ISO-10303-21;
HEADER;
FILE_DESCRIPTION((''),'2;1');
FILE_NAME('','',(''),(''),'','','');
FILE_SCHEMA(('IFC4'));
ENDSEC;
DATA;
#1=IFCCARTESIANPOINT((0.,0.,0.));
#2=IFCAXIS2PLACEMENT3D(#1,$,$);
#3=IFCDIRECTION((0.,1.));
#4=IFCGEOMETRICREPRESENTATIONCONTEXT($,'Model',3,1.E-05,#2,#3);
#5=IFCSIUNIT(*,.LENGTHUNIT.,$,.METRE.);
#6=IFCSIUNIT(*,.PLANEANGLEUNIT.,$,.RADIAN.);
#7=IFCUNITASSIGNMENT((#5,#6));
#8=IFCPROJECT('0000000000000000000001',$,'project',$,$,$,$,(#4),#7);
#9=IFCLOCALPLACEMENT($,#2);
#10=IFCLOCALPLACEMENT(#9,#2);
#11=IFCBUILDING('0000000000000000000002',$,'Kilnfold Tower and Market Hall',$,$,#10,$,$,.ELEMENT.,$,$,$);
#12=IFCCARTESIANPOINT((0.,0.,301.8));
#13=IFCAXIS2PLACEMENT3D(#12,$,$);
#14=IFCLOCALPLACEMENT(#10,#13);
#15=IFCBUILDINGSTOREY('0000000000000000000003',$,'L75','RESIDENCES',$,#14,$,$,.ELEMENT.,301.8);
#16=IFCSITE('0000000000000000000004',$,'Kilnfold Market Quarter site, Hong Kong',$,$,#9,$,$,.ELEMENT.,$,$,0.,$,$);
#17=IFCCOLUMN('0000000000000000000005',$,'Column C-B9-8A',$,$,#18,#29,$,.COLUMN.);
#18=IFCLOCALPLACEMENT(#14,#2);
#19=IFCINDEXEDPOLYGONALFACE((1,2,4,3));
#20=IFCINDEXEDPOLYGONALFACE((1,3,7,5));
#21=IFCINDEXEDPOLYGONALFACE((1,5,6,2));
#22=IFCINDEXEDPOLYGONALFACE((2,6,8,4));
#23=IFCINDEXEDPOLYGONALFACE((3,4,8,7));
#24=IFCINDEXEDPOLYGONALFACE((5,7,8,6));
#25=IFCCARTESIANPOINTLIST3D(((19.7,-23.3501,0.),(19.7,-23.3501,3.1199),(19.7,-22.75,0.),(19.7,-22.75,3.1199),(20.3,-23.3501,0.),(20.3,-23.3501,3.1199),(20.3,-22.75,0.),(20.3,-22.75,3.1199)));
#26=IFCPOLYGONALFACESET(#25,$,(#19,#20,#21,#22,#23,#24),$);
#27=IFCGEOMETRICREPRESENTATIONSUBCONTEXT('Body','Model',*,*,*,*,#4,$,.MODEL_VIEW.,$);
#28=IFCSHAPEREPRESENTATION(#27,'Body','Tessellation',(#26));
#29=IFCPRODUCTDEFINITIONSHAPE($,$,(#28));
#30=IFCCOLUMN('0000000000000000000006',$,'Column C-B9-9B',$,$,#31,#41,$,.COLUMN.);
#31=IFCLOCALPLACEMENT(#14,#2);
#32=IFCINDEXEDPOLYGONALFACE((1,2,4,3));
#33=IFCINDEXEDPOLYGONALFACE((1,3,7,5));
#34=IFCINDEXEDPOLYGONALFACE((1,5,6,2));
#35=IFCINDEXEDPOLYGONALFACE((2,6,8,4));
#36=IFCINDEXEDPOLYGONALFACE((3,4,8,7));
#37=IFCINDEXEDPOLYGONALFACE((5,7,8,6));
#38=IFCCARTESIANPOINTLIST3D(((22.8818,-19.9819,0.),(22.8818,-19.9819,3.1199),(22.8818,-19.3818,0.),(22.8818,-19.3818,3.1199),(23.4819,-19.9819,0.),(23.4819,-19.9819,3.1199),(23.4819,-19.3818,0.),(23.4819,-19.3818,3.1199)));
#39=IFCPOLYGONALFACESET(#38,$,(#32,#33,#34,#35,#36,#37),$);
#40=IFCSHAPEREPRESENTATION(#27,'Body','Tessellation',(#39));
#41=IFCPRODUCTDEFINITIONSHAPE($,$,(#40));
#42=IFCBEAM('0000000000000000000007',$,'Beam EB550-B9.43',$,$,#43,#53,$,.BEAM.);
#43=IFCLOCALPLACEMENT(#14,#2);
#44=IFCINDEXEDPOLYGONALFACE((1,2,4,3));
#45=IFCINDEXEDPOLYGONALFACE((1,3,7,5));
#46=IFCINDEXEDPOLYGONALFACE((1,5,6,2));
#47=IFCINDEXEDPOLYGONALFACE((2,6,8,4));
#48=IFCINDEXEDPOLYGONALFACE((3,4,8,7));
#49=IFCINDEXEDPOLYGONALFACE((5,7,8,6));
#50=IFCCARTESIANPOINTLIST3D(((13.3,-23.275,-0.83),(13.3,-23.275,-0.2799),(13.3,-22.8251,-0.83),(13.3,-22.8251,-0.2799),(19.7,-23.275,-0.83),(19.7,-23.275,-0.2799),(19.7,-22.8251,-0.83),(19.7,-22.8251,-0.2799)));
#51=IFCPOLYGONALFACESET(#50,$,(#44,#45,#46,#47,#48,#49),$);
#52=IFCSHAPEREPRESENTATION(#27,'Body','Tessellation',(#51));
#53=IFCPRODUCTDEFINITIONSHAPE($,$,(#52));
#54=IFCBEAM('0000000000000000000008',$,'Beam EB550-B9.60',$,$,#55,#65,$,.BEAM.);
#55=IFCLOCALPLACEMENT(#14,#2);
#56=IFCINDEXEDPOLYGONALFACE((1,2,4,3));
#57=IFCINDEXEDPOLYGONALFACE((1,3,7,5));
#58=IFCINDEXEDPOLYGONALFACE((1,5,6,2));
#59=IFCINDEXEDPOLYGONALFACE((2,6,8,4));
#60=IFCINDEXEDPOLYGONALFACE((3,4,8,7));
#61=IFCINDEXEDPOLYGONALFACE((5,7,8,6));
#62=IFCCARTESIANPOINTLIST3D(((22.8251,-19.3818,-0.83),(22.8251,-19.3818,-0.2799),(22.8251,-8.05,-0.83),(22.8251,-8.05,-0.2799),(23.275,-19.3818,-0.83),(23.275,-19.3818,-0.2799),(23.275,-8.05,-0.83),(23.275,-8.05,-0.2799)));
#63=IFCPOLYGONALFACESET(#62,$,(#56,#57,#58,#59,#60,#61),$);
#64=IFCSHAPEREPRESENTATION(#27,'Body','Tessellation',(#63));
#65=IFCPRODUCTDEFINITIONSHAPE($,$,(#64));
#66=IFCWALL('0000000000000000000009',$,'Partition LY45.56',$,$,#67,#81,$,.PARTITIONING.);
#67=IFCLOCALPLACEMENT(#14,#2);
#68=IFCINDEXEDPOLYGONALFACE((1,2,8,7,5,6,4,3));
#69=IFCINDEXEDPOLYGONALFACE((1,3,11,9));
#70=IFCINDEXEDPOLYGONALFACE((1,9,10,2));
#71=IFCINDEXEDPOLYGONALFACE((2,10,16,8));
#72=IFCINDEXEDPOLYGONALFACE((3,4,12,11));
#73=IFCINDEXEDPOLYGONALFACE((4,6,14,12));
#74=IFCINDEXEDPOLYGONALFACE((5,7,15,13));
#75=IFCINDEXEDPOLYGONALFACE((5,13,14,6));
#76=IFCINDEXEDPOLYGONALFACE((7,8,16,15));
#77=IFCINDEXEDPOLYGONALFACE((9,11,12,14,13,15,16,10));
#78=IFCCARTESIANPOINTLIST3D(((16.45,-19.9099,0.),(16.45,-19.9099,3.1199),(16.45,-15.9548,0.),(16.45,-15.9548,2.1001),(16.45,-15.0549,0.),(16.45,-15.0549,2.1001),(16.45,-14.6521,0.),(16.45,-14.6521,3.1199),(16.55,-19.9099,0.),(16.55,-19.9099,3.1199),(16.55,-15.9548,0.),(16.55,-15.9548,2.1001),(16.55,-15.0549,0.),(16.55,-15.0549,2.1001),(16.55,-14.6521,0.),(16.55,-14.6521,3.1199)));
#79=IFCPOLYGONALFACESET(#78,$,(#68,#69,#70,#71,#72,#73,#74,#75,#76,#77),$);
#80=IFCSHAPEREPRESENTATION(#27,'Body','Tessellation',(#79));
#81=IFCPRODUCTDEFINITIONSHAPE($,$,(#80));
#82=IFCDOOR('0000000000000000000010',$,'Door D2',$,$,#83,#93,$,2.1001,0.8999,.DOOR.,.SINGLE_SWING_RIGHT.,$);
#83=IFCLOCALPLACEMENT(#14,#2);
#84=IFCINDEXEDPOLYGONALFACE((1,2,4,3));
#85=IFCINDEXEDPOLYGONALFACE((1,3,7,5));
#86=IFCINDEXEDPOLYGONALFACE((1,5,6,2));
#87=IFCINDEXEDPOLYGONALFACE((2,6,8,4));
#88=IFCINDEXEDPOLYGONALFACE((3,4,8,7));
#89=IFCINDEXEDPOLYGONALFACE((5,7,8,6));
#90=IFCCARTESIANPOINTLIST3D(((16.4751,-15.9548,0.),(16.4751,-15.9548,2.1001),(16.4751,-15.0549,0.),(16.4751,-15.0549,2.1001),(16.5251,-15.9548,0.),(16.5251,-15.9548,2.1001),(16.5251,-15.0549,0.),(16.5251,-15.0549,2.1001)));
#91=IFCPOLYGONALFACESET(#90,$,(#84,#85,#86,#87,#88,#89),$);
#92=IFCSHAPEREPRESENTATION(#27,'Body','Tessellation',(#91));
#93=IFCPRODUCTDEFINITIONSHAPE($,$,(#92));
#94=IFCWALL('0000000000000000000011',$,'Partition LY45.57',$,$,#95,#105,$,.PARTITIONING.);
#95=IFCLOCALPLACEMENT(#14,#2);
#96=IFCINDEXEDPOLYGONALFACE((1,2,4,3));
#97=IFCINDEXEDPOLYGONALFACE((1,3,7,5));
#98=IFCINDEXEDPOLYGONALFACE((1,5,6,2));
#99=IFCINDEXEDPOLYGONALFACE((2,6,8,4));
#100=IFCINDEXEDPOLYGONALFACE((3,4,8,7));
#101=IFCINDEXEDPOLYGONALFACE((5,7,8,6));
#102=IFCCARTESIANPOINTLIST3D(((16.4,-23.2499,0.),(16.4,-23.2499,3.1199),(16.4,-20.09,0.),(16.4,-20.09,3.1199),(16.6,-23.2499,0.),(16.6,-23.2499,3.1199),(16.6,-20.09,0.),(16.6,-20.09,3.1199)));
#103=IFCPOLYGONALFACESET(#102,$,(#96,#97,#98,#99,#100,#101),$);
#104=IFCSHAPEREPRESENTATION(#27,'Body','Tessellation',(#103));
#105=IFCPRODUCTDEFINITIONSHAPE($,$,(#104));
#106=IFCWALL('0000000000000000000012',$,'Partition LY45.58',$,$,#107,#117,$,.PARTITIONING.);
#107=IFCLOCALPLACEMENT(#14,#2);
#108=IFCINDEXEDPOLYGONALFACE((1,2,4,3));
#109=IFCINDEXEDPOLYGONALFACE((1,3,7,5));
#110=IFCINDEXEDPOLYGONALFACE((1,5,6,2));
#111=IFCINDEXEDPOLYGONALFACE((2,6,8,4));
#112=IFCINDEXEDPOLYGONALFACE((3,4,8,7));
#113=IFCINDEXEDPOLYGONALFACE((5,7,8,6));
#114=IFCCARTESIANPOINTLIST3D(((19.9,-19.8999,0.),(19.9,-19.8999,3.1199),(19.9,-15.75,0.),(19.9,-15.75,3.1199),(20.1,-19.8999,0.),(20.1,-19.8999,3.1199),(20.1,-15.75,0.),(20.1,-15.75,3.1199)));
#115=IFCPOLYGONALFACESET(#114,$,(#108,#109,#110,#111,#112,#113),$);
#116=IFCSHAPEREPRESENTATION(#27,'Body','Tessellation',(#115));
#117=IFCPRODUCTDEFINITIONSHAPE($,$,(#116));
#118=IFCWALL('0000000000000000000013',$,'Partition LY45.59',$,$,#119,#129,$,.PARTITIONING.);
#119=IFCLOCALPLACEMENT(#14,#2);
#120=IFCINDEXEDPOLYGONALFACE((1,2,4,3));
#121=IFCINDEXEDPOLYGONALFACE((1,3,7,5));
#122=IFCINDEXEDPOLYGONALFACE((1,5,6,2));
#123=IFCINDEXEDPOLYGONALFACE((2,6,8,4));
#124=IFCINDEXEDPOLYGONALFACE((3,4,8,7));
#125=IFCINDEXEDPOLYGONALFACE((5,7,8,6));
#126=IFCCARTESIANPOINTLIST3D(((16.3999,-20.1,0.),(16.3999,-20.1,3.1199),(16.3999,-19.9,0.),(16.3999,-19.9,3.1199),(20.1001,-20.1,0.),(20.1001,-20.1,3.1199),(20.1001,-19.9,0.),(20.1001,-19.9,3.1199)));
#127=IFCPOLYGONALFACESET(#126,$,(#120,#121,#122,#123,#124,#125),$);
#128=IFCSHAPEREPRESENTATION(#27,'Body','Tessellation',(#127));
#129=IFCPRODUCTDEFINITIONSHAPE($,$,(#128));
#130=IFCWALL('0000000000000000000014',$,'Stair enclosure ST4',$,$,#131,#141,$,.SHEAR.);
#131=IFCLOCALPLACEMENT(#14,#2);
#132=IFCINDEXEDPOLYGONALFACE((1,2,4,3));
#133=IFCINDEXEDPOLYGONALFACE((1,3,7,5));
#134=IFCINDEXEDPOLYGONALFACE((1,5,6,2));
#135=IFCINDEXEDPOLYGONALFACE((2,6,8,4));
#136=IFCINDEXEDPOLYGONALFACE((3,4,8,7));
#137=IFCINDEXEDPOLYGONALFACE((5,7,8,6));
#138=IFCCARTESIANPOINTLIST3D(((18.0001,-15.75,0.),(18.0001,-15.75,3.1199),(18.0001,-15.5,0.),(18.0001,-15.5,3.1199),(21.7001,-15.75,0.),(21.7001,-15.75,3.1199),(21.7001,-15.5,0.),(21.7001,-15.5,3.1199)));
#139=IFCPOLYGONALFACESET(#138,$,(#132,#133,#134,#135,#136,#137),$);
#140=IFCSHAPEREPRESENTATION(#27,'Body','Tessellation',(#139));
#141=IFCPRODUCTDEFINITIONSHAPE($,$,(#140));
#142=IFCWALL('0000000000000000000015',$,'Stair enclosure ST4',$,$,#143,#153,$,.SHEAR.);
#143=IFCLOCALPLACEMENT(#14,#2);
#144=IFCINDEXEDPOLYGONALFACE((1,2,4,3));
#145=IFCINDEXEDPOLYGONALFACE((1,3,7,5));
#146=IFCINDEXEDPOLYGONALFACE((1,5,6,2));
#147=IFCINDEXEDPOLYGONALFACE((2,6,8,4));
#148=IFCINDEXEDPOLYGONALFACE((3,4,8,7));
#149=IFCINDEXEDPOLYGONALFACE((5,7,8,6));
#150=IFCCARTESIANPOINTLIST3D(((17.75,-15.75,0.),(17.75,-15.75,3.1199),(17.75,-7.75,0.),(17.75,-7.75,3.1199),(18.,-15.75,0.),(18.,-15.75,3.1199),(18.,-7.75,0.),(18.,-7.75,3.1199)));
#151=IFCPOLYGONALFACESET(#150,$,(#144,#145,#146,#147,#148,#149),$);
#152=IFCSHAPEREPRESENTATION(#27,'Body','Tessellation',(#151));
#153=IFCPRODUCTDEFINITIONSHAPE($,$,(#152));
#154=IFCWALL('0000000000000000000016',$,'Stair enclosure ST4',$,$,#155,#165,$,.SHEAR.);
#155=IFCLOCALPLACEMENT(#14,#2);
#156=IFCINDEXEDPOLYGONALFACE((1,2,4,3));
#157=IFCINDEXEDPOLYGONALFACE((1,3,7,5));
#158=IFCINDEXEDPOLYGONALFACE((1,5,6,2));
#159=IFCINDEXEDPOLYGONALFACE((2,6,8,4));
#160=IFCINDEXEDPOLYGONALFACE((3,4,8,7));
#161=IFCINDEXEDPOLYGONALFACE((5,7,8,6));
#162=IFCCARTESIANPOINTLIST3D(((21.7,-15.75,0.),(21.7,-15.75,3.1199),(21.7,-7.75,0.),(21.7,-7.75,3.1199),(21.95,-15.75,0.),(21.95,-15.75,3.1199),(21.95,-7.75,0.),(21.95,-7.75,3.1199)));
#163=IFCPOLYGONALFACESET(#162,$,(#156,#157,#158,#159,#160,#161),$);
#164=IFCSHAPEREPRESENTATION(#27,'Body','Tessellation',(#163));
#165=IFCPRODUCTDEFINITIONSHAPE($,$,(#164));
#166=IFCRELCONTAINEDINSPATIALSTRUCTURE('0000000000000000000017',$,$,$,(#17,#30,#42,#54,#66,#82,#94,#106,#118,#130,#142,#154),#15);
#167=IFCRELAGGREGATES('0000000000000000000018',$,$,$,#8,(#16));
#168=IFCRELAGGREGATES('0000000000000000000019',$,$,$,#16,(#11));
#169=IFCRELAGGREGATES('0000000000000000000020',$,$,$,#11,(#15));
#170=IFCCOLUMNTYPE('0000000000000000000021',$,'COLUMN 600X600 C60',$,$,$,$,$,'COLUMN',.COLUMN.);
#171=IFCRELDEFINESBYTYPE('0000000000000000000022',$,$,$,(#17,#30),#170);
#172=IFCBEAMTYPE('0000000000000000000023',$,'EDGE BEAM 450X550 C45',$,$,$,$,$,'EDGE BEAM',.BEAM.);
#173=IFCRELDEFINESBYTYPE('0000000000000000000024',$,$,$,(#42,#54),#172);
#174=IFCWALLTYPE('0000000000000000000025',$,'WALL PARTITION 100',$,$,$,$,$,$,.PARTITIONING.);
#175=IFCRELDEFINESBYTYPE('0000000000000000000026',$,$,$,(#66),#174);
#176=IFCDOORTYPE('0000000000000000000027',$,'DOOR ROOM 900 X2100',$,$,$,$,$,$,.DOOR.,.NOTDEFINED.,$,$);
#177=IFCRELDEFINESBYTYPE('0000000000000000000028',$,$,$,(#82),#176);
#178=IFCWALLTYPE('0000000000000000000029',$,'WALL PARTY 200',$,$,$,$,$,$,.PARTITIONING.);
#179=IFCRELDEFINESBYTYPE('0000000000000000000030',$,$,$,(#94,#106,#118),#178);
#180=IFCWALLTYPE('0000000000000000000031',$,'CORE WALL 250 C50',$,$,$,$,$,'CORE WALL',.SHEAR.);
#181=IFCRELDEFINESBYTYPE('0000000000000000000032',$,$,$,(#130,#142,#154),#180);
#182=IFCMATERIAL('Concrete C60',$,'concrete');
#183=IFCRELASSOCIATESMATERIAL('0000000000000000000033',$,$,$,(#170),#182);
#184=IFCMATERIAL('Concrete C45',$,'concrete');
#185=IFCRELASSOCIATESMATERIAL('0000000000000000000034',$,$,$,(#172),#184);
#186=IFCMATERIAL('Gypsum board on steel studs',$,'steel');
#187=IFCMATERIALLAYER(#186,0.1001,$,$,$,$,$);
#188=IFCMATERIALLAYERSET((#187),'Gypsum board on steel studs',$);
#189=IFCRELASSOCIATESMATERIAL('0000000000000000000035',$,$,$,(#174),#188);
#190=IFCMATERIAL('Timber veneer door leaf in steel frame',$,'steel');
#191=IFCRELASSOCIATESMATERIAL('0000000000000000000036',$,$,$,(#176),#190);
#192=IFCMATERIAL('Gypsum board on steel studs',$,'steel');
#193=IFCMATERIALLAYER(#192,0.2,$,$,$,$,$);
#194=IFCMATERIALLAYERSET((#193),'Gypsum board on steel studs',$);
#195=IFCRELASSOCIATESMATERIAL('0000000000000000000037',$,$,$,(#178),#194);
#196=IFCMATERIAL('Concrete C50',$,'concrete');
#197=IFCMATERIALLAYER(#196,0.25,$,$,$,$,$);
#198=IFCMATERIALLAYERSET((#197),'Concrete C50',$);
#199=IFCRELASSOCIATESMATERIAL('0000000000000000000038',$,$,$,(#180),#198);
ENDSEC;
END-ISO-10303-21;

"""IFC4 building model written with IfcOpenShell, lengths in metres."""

from ifc_helpers import new_model, si_unit, direction, frame, frame_2d, origin, origin_2d, place, context, subcontext, project, spatial, rectangle, extrude, source, transform, mapped, material, layer, layer_set, material_profile, profile_set, type_object, element, fill, save


model = new_model("IFC4")

# Units and contexts
model_context = context("Model", 3, precision=1e-05, world=origin(), true_north=direction((0.0, 1.0)))
body_context = subcontext(model_context, "Body", "Model", "MODEL_VIEW")
ifc_project = project(units=[si_unit("LENGTHUNIT", "METRE"), si_unit("PLANEANGLEUNIT", "RADIAN")], contexts=[model_context])

# Site, building, storey
site_placement = place(None, origin())
site = spatial("IfcSite", under=ifc_project, at=site_placement, Name="Kilnfold Market Quarter site, Hong Kong", CompositionType="ELEMENT", RefElevation=0.0)
building_placement = place(site_placement, origin())
building = spatial("IfcBuilding", under=site, at=building_placement, Name="Kilnfold Tower and Market Hall", CompositionType="ELEMENT")
storey_placement = place(building_placement, frame((0.0, 0.0, 301.8)))
storey = spatial("IfcBuildingStorey", under=building, at=storey_placement, Name="L75", Description="RESIDENCES", CompositionType="ELEMENT", Elevation=301.8)

# Columns
ifc_material_1 = material(Name="Concrete C60", Category="concrete")
ifc_material_profile_1 = material_profile(ifc_material_1, rectangle(XDim=0.6001, YDim=0.6001, at=origin_2d()), Name="RC 600x600")
ifc_profile_set_1 = profile_set([ifc_material_profile_1], Name="Concrete C60")
column_type = type_object("IfcColumnType", Name="COLUMN 600X600 C60", ElementType="COLUMN", PredefinedType="COLUMN", material=ifc_profile_set_1)
shared_shape_1 = source(origin(), body_context, "Body", "SweptSolid", [
    extrude(rectangle(XDim=0.6001, YDim=0.6001, at=origin_2d()), origin(), (0.0, 0.0, 1.0), 3.1199),
])
for number, where, z_axis, x_axis, name in (
    (1, (20.0, -23.05, 0.0), (0.0, 0.0, 1.0), (1.0, 0.0, 0.0), "Column C-B9-8A"),
    (2, (23.1819, -19.6819, 0.0), (0.0, 0.0, 1.0), (1.0, 0.0, 0.0), "Column C-B9-9B"),
):
    element("IfcColumn", number, at=place(storey_placement, frame(where, z_axis=z_axis, x_axis=x_axis)), inside=storey, type_object=column_type, Name=name, PredefinedType="COLUMN", context=body_context, shape_type="MappedRepresentation", body=[
        mapped(shared_shape_1, transform((0.0, 0.0, 0.0))),
    ])

# Beams
ifc_material_2 = material(Name="Concrete C45", Category="concrete")
ifc_material_profile_2 = material_profile(ifc_material_2, rectangle(XDim=0.45, YDim=0.55, at=origin_2d()), Name="RC 450x550")
ifc_profile_set_2 = profile_set([ifc_material_profile_2], Name="Concrete C45")
beam_type = type_object("IfcBeamType", Name="EDGE BEAM 450X550 C45", ElementType="EDGE BEAM", PredefinedType="BEAM", material=ifc_profile_set_2)
shared_shape_2 = source(origin(), body_context, "Body", "SweptSolid", [
    extrude(rectangle(XDim=0.45, YDim=0.55, at=origin_2d()), origin(), (0.0, 0.0, 1.0), 6.3999),
])
beam_1_placement = place(storey_placement, frame((13.3, -23.05, -0.5549), z_axis=(1.0, 0.0, 0.0), x_axis=(0.0, 1.0, 0.0)))
element("IfcBeam", 3, at=beam_1_placement, inside=storey, type_object=beam_type, Name="Beam EB550-B9.43", PredefinedType="BEAM", context=body_context, shape_type="MappedRepresentation", body=[
    mapped(shared_shape_2, transform((0.0, 0.0, 0.0))),
])
shared_shape_3 = source(origin(), body_context, "Body", "SweptSolid", [
    extrude(rectangle(XDim=0.45, YDim=0.55, at=origin_2d()), origin(), (0.0, 0.0, 1.0), 11.3318),
])
beam_2_placement = place(storey_placement, frame((23.05, -19.3818, -0.5549), z_axis=(0.0, 1.0, 0.0), x_axis=(-1.0, 0.0, 0.0)))
element("IfcBeam", 4, at=beam_2_placement, inside=storey, type_object=beam_type, Name="Beam EB550-B9.60", PredefinedType="BEAM", context=body_context, shape_type="MappedRepresentation", body=[
    mapped(shared_shape_3, transform((0.0, 0.0, 0.0))),
])

# Wall, opening, door
ifc_material_3 = material(Name="Gypsum board on steel studs", Category="steel")
ifc_layer_1 = layer(ifc_material_3, 0.1001)
ifc_layer_set_1 = layer_set([ifc_layer_1], Name="Gypsum board on steel studs")
wall_type_1 = type_object("IfcWallType", Name="WALL PARTITION 100", PredefinedType="PARTITIONING", material=ifc_layer_set_1)
wall_1_placement = place(storey_placement, frame((16.5, -19.9099, 0.0), z_axis=(0.0, 0.0, 1.0), x_axis=(0.0, 1.0, 0.0)))
wall_1 = element("IfcWall", 5, at=wall_1_placement, inside=storey, type_object=wall_type_1, Name="Partition LY45.56", PredefinedType="PARTITIONING", context=body_context, shape_type="SweptSolid", body=[
    extrude(rectangle(XDim=5.2578, YDim=0.1001, at=frame_2d((2.6289, 0.0))), origin(), (0.0, 0.0, 1.0), 3.1199),
])
opening_1_placement = place(wall_1_placement, frame((3.9551, 0.0, 0.0)))
opening_1 = element("IfcOpeningElement", 6, at=opening_1_placement, cuts=wall_1, PredefinedType="OPENING", context=body_context, shape_type="SweptSolid", body=[
    extrude(rectangle(XDim=0.8999, YDim=2.1001, at=frame_2d((0.45, 1.05))), frame((0.0, 0.0601, 0.0), z_axis=(0.0, -1.0, 0.0), x_axis=(1.0, 0.0, 0.0)), (0.0, 0.0, 1.0), 0.1201),
])
ifc_material_4 = material(Name="Timber veneer door leaf in steel frame", Category="steel")
door_type_1 = type_object("IfcDoorType", Name="DOOR ROOM 900 X2100", OperationType="NOTDEFINED", PredefinedType="DOOR", material=ifc_material_4)
door_1_placement = place(opening_1_placement, origin())
door_1 = element("IfcDoor", 7, at=door_1_placement, inside=storey, type_object=door_type_1, Name="Door D2", OperationType="SINGLE_SWING_RIGHT", OverallHeight=2.1001, OverallWidth=0.8999, PredefinedType="DOOR", context=body_context, shape_type="SweptSolid", body=[
    extrude(rectangle(XDim=0.8999, YDim=2.1001, at=frame_2d((0.45, 1.05))), frame((0.0, 0.0249, 0.0), z_axis=(0.0, -1.0, 0.0), x_axis=(1.0, 0.0, 0.0)), (0.0, 0.0, 1.0), 0.05),
])
fill(opening_1, door_1)

# Walls
ifc_material_5 = material(Name="Gypsum board on steel studs", Category="steel")
ifc_layer_2 = layer(ifc_material_5, 0.2)
ifc_layer_set_2 = layer_set([ifc_layer_2], Name="Gypsum board on steel studs")
wall_type_2 = type_object("IfcWallType", Name="WALL PARTY 200", PredefinedType="PARTITIONING", material=ifc_layer_set_2)
wall_2_placement = place(storey_placement, frame((16.5, -23.25, 0.0), z_axis=(0.0, 0.0, 1.0), x_axis=(0.0, 1.0, 0.0)))
element("IfcWall", 8, at=wall_2_placement, inside=storey, type_object=wall_type_2, Name="Partition LY45.57", PredefinedType="PARTITIONING", context=body_context, shape_type="SweptSolid", body=[
    extrude(rectangle(XDim=3.1599, YDim=0.2, at=frame_2d((1.5801, 0.0))), origin(), (0.0, 0.0, 1.0), 3.1199),
])
wall_3_placement = place(storey_placement, frame((20.0, -19.8999, 0.0), z_axis=(0.0, 0.0, 1.0), x_axis=(0.0, 1.0, 0.0)))
element("IfcWall", 9, at=wall_3_placement, inside=storey, type_object=wall_type_2, Name="Partition LY45.58", PredefinedType="PARTITIONING", context=body_context, shape_type="SweptSolid", body=[
    extrude(rectangle(XDim=4.1499, YDim=0.2, at=frame_2d((2.075, 0.0))), origin(), (0.0, 0.0, 1.0), 3.1199),
])
wall_4_placement = place(storey_placement, frame((16.3999, -20.0, 0.0), z_axis=(0.0, 0.0, 1.0), x_axis=(1.0, 0.0, 0.0)))
element("IfcWall", 10, at=wall_4_placement, inside=storey, type_object=wall_type_2, Name="Partition LY45.59", PredefinedType="PARTITIONING", context=body_context, shape_type="SweptSolid", body=[
    extrude(rectangle(XDim=3.7002, YDim=0.2, at=frame_2d((1.8501, 0.0))), origin(), (0.0, 0.0, 1.0), 3.1199),
])
ifc_material_6 = material(Name="Concrete C50", Category="concrete")
ifc_layer_3 = layer(ifc_material_6, 0.25)
ifc_layer_set_3 = layer_set([ifc_layer_3], Name="Concrete C50")
wall_type_3 = type_object("IfcWallType", Name="CORE WALL 250 C50", ElementType="CORE WALL", PredefinedType="SHEAR", material=ifc_layer_set_3)
shared_shape_4 = source(origin(), body_context, "Body", "SweptSolid", [
    extrude(rectangle(XDim=3.7, YDim=0.25, at=frame_2d((1.8501, 0.0))), origin(), (0.0, 0.0, 1.0), 3.1199),
])
wall_5_placement = place(storey_placement, frame((18.0, -15.625, 0.0), z_axis=(0.0, 0.0, 1.0), x_axis=(1.0, 0.0, 0.0)))
element("IfcWall", 11, at=wall_5_placement, inside=storey, type_object=wall_type_3, Name="Stair enclosure ST4", PredefinedType="SHEAR", context=body_context, shape_type="MappedRepresentation", body=[
    mapped(shared_shape_4, transform((0.0, 0.0, 0.0))),
])
shared_shape_5 = source(origin(), body_context, "Body", "SweptSolid", [
    extrude(rectangle(XDim=8.0, YDim=0.25, at=frame_2d((4.0, 0.0))), origin(), (0.0, 0.0, 1.0), 3.1199),
])
for number, where, z_axis, x_axis, name in (
    (12, (17.875, -15.75, 0.0), (0.0, 0.0, 1.0), (0.0, 1.0, 0.0), "Stair enclosure ST4"),
    (13, (21.825, -15.75, 0.0), (0.0, 0.0, 1.0), (0.0, 1.0, 0.0), "Stair enclosure ST4"),
):
    element("IfcWall", number, at=place(storey_placement, frame(where, z_axis=z_axis, x_axis=x_axis)), inside=storey, type_object=wall_type_3, Name=name, PredefinedType="SHEAR", context=body_context, shape_type="MappedRepresentation", body=[
        mapped(shared_shape_5, transform((0.0, 0.0, 0.0))),
    ])

save(model, "model.ifc")
